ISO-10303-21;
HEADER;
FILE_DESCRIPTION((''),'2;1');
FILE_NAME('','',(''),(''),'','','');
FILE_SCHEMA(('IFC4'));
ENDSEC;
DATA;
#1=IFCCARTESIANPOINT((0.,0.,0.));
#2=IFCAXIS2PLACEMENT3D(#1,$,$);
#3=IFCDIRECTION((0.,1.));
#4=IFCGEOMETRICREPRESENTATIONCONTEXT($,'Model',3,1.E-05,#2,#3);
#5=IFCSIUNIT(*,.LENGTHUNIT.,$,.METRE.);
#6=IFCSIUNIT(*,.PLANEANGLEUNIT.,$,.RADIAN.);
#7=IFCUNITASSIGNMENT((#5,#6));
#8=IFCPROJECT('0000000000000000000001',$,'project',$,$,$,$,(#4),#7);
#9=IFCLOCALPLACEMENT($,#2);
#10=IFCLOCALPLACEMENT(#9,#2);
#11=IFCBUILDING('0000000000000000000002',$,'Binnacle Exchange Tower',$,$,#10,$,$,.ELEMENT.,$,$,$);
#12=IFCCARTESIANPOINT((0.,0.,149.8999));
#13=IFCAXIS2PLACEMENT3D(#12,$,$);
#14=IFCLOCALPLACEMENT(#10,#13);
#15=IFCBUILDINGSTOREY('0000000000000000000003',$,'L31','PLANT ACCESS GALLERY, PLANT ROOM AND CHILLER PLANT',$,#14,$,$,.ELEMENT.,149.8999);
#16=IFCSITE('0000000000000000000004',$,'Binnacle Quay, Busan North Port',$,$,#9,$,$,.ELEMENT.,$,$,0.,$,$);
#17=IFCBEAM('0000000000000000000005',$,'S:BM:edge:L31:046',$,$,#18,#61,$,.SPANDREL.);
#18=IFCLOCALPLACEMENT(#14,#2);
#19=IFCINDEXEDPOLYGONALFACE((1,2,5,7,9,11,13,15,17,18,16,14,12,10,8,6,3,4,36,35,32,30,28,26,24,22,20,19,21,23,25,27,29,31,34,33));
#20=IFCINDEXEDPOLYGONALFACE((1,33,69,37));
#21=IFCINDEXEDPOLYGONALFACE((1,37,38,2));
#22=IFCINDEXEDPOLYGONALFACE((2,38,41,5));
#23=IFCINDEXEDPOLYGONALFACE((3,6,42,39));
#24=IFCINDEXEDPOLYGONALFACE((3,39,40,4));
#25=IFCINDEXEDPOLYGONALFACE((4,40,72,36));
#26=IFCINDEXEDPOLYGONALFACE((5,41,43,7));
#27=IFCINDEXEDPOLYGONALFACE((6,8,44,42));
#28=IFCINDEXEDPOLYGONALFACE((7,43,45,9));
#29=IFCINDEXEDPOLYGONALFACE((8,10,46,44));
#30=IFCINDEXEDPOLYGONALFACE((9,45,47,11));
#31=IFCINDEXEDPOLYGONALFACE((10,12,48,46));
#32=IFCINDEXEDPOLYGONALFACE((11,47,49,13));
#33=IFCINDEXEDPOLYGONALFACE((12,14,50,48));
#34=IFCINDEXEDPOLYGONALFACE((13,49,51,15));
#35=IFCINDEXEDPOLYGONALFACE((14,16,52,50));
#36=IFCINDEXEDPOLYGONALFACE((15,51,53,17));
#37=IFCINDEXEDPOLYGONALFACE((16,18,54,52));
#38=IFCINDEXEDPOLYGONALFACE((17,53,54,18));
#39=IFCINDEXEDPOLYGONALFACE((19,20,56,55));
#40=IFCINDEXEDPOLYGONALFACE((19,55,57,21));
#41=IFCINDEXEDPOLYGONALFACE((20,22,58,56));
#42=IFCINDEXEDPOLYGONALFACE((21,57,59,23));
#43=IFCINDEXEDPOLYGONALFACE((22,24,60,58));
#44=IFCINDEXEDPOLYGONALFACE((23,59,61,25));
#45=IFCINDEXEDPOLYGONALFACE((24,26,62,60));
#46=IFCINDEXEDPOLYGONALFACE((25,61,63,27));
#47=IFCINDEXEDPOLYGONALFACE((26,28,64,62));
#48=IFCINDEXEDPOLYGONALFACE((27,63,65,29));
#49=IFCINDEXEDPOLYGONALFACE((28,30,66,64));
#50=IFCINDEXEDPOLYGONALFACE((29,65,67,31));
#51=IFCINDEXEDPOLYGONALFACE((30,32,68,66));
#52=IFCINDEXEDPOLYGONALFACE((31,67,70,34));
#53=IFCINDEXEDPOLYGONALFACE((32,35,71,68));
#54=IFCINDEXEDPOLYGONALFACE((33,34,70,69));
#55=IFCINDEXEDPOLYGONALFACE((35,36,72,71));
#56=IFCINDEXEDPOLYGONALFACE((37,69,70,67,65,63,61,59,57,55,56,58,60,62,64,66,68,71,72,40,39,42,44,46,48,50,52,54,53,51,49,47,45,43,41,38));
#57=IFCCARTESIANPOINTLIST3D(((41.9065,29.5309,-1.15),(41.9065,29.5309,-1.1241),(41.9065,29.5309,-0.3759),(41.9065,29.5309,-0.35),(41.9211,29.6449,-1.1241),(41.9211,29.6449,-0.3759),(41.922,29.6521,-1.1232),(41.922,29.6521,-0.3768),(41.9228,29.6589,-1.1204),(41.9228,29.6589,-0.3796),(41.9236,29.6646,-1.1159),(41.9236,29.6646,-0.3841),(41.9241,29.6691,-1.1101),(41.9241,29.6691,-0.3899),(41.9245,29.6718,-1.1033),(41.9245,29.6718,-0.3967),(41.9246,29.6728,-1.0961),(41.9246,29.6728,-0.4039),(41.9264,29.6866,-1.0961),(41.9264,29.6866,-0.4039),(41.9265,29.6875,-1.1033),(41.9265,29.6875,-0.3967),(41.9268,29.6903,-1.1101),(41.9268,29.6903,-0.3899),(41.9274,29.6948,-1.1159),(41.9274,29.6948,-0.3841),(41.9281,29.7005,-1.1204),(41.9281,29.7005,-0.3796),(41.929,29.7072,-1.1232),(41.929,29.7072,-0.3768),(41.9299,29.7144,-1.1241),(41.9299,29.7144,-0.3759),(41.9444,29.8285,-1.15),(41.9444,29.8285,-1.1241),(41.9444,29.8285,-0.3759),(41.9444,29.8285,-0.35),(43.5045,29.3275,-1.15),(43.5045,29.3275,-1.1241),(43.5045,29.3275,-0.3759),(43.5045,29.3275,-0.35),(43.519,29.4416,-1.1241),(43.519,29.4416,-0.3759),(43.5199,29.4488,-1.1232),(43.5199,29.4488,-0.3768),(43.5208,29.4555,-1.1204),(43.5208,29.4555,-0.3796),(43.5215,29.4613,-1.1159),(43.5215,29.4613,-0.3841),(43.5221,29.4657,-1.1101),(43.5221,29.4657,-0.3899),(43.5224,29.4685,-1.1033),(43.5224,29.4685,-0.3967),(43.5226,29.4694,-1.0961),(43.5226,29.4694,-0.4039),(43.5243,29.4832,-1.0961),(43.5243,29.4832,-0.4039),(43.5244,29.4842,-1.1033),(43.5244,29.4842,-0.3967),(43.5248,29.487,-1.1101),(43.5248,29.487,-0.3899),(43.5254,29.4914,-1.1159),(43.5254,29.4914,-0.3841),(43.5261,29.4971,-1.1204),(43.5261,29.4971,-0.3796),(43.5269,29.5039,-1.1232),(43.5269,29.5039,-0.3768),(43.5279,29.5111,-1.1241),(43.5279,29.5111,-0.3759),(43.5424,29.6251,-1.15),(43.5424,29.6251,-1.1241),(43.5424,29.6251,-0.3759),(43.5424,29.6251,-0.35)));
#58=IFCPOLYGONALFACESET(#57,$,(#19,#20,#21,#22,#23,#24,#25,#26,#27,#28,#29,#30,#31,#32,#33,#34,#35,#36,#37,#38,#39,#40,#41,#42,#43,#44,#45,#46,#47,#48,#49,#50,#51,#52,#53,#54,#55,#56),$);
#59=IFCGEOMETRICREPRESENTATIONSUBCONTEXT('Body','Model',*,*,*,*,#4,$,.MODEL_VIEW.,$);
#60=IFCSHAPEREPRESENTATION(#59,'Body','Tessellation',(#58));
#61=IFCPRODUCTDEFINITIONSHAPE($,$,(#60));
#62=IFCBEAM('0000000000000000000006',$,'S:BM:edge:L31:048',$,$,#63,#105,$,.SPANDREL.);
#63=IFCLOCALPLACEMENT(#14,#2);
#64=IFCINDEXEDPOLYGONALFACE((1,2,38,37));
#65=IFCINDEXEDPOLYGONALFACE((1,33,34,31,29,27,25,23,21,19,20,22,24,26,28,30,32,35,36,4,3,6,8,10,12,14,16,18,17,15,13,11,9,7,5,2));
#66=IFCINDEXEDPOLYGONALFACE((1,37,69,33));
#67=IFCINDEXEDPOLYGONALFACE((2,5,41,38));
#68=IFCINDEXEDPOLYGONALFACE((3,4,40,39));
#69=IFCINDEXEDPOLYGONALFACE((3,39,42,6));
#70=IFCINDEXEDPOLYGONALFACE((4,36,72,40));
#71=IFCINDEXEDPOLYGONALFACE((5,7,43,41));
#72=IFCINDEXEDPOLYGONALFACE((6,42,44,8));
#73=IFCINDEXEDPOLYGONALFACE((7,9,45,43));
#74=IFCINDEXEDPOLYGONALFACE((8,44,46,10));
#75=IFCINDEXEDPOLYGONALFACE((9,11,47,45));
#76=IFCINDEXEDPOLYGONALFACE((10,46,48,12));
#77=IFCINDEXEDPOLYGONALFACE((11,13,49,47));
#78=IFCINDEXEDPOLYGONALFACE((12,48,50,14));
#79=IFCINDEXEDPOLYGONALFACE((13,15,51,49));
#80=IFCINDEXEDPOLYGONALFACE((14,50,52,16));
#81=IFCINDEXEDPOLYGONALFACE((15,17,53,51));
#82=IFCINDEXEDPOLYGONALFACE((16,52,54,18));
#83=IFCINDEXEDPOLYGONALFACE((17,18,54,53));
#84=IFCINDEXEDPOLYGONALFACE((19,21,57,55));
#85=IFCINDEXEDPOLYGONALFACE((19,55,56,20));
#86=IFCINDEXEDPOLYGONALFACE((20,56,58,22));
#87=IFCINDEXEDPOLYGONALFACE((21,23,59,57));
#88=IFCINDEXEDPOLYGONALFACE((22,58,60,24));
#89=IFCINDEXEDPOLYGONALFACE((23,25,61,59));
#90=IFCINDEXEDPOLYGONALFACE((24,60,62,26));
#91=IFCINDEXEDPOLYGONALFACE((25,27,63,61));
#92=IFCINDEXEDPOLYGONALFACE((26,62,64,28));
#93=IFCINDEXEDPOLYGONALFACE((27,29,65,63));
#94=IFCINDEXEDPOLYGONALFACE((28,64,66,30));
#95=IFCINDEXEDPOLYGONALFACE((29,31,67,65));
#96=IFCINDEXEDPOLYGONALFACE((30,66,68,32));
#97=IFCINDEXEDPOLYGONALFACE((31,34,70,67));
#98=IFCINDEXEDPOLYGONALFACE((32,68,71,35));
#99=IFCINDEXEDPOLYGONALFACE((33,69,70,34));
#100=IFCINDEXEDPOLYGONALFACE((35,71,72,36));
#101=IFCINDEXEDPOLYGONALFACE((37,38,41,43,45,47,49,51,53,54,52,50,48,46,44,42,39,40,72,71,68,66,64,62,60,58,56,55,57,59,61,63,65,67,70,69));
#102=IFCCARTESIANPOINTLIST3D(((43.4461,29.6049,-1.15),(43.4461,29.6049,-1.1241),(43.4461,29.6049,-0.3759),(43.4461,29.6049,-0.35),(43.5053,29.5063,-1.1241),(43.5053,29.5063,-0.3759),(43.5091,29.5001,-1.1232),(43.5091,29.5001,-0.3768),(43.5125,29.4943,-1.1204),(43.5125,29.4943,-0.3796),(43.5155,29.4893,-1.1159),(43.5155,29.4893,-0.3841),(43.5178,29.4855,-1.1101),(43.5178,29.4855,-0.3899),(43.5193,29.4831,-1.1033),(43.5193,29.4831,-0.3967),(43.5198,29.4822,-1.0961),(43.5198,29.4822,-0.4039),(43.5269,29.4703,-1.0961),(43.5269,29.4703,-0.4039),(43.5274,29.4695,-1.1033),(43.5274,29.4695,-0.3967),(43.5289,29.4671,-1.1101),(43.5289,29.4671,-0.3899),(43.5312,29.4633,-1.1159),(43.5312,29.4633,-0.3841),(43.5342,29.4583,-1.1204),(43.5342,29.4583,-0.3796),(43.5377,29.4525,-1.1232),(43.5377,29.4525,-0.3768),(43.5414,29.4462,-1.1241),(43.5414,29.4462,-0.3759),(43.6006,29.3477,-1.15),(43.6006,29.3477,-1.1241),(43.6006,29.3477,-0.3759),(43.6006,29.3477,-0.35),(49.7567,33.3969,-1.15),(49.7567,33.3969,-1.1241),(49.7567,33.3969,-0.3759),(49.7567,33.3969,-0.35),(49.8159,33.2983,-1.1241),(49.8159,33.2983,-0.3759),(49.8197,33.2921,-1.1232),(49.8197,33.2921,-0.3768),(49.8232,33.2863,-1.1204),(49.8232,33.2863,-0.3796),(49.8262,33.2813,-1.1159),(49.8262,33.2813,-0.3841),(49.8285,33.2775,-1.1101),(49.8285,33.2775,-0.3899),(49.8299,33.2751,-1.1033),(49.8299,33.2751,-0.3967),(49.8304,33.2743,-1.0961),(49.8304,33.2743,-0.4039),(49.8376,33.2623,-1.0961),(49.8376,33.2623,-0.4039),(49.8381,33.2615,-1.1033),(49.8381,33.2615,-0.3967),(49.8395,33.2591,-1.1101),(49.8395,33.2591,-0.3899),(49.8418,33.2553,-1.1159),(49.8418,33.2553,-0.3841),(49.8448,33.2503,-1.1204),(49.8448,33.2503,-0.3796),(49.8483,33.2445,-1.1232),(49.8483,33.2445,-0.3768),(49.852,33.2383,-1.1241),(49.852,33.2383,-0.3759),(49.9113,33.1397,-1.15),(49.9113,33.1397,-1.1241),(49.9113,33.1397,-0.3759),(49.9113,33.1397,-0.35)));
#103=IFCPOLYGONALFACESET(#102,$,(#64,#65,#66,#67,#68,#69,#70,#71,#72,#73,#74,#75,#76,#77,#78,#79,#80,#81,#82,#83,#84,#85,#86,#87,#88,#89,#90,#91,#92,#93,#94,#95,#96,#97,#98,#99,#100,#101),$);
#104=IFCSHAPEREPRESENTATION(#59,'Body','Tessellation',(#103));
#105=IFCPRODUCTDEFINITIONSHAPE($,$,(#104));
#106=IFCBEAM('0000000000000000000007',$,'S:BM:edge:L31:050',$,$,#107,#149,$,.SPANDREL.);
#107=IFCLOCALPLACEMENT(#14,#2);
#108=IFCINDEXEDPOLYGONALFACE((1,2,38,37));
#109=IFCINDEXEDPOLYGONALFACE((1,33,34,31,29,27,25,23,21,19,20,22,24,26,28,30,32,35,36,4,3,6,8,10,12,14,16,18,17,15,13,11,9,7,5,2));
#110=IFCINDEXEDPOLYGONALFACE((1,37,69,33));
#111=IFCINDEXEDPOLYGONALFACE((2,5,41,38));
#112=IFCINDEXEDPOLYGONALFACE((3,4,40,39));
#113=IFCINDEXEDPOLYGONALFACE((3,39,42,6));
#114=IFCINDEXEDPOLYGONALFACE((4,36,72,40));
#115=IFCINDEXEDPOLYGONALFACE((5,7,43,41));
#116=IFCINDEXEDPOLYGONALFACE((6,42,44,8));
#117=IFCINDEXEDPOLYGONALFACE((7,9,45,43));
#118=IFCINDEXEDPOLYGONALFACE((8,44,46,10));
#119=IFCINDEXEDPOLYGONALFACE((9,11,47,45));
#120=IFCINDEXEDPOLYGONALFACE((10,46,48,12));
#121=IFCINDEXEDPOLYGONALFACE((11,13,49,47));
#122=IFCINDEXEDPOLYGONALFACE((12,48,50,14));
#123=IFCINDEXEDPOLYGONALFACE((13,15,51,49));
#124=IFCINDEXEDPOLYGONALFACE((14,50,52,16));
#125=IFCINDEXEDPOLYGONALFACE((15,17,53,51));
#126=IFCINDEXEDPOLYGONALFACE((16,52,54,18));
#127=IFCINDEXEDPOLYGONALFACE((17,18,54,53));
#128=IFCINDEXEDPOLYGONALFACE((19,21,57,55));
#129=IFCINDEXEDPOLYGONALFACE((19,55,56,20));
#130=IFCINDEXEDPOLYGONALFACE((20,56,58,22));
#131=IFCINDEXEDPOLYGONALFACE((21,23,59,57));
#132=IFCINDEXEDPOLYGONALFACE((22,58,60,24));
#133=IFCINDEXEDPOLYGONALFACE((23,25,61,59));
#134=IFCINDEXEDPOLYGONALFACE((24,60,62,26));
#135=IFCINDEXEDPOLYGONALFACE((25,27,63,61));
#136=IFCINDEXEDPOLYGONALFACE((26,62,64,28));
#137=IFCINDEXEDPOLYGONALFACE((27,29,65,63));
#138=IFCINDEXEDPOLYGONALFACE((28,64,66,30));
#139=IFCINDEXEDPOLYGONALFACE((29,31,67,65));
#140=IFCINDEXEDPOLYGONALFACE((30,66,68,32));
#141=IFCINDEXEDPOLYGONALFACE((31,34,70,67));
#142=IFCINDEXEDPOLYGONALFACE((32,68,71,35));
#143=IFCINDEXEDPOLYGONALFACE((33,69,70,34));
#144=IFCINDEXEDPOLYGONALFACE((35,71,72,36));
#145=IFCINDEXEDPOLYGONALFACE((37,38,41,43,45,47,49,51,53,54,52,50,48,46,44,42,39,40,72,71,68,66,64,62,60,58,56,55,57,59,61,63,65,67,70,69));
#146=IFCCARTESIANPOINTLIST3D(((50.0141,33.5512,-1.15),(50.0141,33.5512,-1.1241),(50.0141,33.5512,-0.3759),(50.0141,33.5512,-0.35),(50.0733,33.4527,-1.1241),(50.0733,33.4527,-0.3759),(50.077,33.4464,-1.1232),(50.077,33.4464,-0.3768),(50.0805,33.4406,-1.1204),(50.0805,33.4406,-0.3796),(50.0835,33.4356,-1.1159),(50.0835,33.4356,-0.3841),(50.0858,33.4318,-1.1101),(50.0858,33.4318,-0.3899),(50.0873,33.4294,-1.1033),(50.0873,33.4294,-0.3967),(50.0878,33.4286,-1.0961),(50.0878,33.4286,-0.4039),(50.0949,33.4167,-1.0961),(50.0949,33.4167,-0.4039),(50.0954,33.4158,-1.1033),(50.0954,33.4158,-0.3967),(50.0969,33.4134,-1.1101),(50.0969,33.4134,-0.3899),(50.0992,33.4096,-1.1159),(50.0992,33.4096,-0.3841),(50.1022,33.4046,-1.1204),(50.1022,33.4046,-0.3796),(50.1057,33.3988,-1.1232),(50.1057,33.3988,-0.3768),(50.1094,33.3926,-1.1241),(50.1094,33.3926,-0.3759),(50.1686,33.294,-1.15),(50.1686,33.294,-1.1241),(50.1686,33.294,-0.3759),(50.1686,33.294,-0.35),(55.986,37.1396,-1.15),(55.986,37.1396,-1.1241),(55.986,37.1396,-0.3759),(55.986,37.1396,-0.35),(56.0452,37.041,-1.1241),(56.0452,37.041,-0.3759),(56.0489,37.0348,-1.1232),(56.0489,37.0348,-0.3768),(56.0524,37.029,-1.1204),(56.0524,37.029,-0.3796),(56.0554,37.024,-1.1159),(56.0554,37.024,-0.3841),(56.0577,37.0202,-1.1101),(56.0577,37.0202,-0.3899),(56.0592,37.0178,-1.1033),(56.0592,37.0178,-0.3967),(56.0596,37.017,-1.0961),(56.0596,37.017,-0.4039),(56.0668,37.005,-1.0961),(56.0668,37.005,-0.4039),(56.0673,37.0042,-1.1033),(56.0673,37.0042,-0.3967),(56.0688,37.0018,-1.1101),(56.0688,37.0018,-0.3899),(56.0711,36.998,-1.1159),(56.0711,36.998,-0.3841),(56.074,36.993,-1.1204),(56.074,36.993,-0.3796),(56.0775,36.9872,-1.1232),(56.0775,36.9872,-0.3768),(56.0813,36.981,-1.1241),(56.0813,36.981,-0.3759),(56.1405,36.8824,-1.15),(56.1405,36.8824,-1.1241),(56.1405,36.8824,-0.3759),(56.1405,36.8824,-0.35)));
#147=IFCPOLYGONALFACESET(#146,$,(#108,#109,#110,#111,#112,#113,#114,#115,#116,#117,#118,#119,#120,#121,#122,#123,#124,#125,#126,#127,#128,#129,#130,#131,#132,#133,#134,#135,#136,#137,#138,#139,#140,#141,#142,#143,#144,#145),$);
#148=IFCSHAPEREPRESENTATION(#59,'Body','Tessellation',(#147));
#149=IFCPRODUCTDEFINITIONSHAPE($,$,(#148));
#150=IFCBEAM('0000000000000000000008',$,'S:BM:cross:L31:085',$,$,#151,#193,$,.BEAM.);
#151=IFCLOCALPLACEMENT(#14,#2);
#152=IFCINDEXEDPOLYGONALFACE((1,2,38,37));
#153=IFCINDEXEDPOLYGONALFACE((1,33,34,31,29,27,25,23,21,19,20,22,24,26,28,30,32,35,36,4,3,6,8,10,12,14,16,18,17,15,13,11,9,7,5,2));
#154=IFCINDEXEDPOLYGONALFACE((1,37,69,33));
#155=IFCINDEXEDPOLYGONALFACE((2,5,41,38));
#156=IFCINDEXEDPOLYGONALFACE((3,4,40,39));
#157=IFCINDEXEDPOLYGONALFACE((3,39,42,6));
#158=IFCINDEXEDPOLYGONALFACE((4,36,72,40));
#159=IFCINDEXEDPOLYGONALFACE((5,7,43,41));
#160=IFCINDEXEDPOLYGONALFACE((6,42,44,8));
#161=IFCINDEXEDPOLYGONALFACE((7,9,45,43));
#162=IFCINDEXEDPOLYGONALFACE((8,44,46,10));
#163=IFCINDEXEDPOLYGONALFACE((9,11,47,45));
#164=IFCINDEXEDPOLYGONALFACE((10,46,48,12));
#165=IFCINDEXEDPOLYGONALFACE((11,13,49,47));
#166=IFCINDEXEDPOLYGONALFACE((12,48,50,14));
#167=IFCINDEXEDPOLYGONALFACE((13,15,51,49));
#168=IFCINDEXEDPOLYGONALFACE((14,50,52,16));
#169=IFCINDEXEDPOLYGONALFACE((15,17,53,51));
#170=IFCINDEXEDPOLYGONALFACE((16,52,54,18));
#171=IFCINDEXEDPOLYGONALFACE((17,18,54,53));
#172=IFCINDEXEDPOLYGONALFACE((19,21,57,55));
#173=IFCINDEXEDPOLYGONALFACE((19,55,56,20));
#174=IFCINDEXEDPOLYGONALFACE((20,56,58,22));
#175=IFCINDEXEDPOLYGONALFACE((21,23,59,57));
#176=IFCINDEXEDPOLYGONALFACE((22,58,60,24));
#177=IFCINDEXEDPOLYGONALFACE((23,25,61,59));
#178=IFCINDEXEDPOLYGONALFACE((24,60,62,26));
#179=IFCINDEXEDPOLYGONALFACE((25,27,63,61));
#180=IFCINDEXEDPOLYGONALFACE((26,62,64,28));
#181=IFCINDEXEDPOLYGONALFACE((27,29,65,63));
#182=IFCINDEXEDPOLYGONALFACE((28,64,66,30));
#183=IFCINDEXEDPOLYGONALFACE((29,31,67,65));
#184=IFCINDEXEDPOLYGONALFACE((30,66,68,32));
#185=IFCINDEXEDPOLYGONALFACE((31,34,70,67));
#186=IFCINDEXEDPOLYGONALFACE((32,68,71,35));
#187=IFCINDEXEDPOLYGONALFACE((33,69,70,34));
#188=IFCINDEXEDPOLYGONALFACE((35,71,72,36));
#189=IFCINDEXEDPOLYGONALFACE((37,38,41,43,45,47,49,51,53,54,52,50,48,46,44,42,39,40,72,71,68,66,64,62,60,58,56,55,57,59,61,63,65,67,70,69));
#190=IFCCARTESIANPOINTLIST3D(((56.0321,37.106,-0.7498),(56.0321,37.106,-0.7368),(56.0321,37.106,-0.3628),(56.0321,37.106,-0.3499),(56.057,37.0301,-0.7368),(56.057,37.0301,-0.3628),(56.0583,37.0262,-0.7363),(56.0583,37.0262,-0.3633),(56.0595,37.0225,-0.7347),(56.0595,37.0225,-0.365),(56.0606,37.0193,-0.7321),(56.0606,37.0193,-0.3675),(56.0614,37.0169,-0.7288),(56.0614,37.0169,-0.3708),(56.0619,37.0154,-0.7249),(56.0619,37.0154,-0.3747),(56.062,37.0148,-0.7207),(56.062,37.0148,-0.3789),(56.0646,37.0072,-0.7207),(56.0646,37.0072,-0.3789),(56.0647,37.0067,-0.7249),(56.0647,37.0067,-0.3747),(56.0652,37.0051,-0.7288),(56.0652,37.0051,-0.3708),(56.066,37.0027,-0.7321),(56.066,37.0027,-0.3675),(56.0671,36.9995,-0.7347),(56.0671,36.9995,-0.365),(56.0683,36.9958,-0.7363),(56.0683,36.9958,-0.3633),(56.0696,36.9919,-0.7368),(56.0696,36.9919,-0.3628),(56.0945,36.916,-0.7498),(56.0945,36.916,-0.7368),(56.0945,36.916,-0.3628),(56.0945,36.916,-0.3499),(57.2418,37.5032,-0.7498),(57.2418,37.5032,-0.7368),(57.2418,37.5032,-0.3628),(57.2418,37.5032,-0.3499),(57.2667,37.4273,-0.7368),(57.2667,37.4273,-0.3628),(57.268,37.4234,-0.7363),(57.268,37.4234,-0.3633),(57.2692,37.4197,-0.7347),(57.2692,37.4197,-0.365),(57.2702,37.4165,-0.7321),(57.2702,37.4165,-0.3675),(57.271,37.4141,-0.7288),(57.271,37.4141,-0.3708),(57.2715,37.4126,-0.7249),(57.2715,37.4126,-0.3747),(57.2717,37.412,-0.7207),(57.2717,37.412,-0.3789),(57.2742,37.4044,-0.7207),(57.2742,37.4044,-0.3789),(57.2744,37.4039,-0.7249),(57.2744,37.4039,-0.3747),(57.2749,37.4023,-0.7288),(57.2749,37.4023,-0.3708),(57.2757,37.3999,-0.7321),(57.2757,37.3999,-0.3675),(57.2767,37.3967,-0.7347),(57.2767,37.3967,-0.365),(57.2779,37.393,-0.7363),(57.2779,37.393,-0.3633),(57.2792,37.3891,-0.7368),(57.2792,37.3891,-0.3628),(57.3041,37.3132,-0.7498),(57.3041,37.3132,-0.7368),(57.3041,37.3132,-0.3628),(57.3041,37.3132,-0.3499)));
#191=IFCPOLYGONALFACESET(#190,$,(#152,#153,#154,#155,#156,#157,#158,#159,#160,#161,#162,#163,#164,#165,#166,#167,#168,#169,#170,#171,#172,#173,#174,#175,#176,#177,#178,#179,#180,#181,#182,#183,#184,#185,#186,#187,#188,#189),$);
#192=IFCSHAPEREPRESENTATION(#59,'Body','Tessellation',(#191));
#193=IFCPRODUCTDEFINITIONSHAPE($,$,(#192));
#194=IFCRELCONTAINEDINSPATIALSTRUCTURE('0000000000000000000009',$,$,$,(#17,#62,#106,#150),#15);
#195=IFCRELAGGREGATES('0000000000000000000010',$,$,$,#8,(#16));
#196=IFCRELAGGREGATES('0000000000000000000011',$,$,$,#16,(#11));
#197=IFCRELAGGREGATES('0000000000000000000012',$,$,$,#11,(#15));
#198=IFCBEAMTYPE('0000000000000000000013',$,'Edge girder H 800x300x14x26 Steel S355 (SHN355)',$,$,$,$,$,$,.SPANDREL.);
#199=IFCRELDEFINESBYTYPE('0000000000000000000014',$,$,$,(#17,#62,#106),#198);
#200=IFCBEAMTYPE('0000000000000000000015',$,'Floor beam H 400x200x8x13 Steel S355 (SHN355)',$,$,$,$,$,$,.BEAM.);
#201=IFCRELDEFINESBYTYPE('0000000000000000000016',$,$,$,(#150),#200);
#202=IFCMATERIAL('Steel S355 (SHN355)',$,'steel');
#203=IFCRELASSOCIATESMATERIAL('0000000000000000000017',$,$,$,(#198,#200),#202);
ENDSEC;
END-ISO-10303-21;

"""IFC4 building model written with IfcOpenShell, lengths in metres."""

from ifc_helpers import new_model, si_unit, direction, frame, origin, origin_2d, place, context, subcontext, project, spatial, i_section, extrude, material, material_profile, profile_set, type_object, element, save


model = new_model("IFC4")

# Units and contexts
model_context = context("Model", 3, precision=1e-05, world=origin(), true_north=direction((0.0, 1.0)))
body_context = subcontext(model_context, "Body", "Model", "MODEL_VIEW")
ifc_project = project(units=[si_unit("LENGTHUNIT", "METRE"), si_unit("PLANEANGLEUNIT", "RADIAN")], contexts=[model_context])

# Site, building, storey
site_placement = place(None, origin())
site = spatial("IfcSite", under=ifc_project, at=site_placement, Name="Binnacle Quay, Busan North Port", CompositionType="ELEMENT", RefElevation=0.0)
building_placement = place(site_placement, origin())
building = spatial("IfcBuilding", under=site, at=building_placement, Name="Binnacle Exchange Tower", CompositionType="ELEMENT")
storey_placement = place(building_placement, frame((0.0, 0.0, 149.8999)))
storey = spatial("IfcBuildingStorey", under=building, at=storey_placement, Name="L31", Description="PLANT ACCESS GALLERY, PLANT ROOM AND CHILLER PLANT", CompositionType="ELEMENT", Elevation=149.8999)

# Shared definitions
ifc_material_1 = material(Name="Steel S355 (SHN355)", Category="steel")

# Beams
ifc_material_profile_1 = material_profile(ifc_material_1, i_section(OverallWidth=0.3, OverallDepth=0.8, WebThickness=0.0139, FlangeThickness=0.0259, FilletRadius=0.0281, at=origin_2d()), Name="H 800x300x14x26")
ifc_profile_set_1 = profile_set([ifc_material_profile_1], Name="Steel S355 (SHN355)")
beam_type_1 = type_object("IfcBeamType", Name="Edge girder H 800x300x14x26 Steel S355 (SHN355)", PredefinedType="SPANDREL", material=ifc_profile_set_1)
beam_1_placement = place(storey_placement, frame((43.5234, 29.4763, -0.75), z_axis=(-0.991998, 0.126254, 0.0), x_axis=(-0.126254, -0.991998, 0.0)))
element("IfcBeam", 1, at=beam_1_placement, inside=storey, type_object=beam_type_1, Name="S:BM:edge:L31:046", PredefinedType="SPANDREL", context=body_context, shape_type="SweptSolid", body=[
    extrude(i_section(OverallWidth=0.3, OverallDepth=0.8, WebThickness=0.0139, FlangeThickness=0.0259, FilletRadius=0.0281, at=origin_2d()), origin(), (0.0, 0.0, 1.0), 1.6108),
])
beam_2_placement = place(storey_placement, frame((49.834, 33.2683, -0.75), z_axis=(-0.857153, -0.515061, 0.0), x_axis=(0.515061, -0.857153, 0.0)))
element("IfcBeam", 2, at=beam_2_placement, inside=storey, type_object=beam_type_1, Name="S:BM:edge:L31:048", PredefinedType="SPANDREL", context=body_context, shape_type="SweptSolid", body=[
    extrude(i_section(OverallWidth=0.3, OverallDepth=0.8, WebThickness=0.0139, FlangeThickness=0.0259, FilletRadius=0.0281, at=origin_2d()), origin(), (0.0, 0.0, 1.0), 7.3623),
])
beam_3_placement = place(storey_placement, frame((56.0632, 37.011, -0.75), z_axis=(-0.857162, -0.515047, 0.0), x_axis=(0.515047, -0.857162, 0.0)))
element("IfcBeam", 3, at=beam_3_placement, inside=storey, type_object=beam_type_1, Name="S:BM:edge:L31:050", PredefinedType="SPANDREL", context=body_context, shape_type="SweptSolid", body=[
    extrude(i_section(OverallWidth=0.3, OverallDepth=0.8, WebThickness=0.0139, FlangeThickness=0.0259, FilletRadius=0.0281, at=origin_2d()), origin(), (0.0, 0.0, 1.0), 6.967),
])
ifc_material_profile_2 = material_profile(ifc_material_1, i_section(OverallWidth=0.2, OverallDepth=0.3999, WebThickness=0.0081, FlangeThickness=0.0129, FilletRadius=0.0161, at=origin_2d()), Name="H 400x200x8x13")
ifc_profile_set_2 = profile_set([ifc_material_profile_2], Name="Steel S355 (SHN355)")
beam_type_2 = type_object("IfcBeamType", Name="Floor beam H 400x200x8x13 Steel S355 (SHN355)", PredefinedType="BEAM", material=ifc_profile_set_2)
beam_4_placement = place(storey_placement, frame((57.2729, 37.4082, -0.5498), z_axis=(-0.950093, -0.311968, 0.0), x_axis=(0.311968, -0.950093, 0.0)))
element("IfcBeam", 4, at=beam_4_placement, inside=storey, type_object=beam_type_2, Name="S:BM:cross:L31:085", PredefinedType="BEAM", context=body_context, shape_type="SweptSolid", body=[
    extrude(i_section(OverallWidth=0.2, OverallDepth=0.3999, WebThickness=0.0081, FlangeThickness=0.0129, FilletRadius=0.0161, at=origin_2d()), origin(), (0.0, 0.0, 1.0), 1.2732),
])

save(model, "model.ifc")
